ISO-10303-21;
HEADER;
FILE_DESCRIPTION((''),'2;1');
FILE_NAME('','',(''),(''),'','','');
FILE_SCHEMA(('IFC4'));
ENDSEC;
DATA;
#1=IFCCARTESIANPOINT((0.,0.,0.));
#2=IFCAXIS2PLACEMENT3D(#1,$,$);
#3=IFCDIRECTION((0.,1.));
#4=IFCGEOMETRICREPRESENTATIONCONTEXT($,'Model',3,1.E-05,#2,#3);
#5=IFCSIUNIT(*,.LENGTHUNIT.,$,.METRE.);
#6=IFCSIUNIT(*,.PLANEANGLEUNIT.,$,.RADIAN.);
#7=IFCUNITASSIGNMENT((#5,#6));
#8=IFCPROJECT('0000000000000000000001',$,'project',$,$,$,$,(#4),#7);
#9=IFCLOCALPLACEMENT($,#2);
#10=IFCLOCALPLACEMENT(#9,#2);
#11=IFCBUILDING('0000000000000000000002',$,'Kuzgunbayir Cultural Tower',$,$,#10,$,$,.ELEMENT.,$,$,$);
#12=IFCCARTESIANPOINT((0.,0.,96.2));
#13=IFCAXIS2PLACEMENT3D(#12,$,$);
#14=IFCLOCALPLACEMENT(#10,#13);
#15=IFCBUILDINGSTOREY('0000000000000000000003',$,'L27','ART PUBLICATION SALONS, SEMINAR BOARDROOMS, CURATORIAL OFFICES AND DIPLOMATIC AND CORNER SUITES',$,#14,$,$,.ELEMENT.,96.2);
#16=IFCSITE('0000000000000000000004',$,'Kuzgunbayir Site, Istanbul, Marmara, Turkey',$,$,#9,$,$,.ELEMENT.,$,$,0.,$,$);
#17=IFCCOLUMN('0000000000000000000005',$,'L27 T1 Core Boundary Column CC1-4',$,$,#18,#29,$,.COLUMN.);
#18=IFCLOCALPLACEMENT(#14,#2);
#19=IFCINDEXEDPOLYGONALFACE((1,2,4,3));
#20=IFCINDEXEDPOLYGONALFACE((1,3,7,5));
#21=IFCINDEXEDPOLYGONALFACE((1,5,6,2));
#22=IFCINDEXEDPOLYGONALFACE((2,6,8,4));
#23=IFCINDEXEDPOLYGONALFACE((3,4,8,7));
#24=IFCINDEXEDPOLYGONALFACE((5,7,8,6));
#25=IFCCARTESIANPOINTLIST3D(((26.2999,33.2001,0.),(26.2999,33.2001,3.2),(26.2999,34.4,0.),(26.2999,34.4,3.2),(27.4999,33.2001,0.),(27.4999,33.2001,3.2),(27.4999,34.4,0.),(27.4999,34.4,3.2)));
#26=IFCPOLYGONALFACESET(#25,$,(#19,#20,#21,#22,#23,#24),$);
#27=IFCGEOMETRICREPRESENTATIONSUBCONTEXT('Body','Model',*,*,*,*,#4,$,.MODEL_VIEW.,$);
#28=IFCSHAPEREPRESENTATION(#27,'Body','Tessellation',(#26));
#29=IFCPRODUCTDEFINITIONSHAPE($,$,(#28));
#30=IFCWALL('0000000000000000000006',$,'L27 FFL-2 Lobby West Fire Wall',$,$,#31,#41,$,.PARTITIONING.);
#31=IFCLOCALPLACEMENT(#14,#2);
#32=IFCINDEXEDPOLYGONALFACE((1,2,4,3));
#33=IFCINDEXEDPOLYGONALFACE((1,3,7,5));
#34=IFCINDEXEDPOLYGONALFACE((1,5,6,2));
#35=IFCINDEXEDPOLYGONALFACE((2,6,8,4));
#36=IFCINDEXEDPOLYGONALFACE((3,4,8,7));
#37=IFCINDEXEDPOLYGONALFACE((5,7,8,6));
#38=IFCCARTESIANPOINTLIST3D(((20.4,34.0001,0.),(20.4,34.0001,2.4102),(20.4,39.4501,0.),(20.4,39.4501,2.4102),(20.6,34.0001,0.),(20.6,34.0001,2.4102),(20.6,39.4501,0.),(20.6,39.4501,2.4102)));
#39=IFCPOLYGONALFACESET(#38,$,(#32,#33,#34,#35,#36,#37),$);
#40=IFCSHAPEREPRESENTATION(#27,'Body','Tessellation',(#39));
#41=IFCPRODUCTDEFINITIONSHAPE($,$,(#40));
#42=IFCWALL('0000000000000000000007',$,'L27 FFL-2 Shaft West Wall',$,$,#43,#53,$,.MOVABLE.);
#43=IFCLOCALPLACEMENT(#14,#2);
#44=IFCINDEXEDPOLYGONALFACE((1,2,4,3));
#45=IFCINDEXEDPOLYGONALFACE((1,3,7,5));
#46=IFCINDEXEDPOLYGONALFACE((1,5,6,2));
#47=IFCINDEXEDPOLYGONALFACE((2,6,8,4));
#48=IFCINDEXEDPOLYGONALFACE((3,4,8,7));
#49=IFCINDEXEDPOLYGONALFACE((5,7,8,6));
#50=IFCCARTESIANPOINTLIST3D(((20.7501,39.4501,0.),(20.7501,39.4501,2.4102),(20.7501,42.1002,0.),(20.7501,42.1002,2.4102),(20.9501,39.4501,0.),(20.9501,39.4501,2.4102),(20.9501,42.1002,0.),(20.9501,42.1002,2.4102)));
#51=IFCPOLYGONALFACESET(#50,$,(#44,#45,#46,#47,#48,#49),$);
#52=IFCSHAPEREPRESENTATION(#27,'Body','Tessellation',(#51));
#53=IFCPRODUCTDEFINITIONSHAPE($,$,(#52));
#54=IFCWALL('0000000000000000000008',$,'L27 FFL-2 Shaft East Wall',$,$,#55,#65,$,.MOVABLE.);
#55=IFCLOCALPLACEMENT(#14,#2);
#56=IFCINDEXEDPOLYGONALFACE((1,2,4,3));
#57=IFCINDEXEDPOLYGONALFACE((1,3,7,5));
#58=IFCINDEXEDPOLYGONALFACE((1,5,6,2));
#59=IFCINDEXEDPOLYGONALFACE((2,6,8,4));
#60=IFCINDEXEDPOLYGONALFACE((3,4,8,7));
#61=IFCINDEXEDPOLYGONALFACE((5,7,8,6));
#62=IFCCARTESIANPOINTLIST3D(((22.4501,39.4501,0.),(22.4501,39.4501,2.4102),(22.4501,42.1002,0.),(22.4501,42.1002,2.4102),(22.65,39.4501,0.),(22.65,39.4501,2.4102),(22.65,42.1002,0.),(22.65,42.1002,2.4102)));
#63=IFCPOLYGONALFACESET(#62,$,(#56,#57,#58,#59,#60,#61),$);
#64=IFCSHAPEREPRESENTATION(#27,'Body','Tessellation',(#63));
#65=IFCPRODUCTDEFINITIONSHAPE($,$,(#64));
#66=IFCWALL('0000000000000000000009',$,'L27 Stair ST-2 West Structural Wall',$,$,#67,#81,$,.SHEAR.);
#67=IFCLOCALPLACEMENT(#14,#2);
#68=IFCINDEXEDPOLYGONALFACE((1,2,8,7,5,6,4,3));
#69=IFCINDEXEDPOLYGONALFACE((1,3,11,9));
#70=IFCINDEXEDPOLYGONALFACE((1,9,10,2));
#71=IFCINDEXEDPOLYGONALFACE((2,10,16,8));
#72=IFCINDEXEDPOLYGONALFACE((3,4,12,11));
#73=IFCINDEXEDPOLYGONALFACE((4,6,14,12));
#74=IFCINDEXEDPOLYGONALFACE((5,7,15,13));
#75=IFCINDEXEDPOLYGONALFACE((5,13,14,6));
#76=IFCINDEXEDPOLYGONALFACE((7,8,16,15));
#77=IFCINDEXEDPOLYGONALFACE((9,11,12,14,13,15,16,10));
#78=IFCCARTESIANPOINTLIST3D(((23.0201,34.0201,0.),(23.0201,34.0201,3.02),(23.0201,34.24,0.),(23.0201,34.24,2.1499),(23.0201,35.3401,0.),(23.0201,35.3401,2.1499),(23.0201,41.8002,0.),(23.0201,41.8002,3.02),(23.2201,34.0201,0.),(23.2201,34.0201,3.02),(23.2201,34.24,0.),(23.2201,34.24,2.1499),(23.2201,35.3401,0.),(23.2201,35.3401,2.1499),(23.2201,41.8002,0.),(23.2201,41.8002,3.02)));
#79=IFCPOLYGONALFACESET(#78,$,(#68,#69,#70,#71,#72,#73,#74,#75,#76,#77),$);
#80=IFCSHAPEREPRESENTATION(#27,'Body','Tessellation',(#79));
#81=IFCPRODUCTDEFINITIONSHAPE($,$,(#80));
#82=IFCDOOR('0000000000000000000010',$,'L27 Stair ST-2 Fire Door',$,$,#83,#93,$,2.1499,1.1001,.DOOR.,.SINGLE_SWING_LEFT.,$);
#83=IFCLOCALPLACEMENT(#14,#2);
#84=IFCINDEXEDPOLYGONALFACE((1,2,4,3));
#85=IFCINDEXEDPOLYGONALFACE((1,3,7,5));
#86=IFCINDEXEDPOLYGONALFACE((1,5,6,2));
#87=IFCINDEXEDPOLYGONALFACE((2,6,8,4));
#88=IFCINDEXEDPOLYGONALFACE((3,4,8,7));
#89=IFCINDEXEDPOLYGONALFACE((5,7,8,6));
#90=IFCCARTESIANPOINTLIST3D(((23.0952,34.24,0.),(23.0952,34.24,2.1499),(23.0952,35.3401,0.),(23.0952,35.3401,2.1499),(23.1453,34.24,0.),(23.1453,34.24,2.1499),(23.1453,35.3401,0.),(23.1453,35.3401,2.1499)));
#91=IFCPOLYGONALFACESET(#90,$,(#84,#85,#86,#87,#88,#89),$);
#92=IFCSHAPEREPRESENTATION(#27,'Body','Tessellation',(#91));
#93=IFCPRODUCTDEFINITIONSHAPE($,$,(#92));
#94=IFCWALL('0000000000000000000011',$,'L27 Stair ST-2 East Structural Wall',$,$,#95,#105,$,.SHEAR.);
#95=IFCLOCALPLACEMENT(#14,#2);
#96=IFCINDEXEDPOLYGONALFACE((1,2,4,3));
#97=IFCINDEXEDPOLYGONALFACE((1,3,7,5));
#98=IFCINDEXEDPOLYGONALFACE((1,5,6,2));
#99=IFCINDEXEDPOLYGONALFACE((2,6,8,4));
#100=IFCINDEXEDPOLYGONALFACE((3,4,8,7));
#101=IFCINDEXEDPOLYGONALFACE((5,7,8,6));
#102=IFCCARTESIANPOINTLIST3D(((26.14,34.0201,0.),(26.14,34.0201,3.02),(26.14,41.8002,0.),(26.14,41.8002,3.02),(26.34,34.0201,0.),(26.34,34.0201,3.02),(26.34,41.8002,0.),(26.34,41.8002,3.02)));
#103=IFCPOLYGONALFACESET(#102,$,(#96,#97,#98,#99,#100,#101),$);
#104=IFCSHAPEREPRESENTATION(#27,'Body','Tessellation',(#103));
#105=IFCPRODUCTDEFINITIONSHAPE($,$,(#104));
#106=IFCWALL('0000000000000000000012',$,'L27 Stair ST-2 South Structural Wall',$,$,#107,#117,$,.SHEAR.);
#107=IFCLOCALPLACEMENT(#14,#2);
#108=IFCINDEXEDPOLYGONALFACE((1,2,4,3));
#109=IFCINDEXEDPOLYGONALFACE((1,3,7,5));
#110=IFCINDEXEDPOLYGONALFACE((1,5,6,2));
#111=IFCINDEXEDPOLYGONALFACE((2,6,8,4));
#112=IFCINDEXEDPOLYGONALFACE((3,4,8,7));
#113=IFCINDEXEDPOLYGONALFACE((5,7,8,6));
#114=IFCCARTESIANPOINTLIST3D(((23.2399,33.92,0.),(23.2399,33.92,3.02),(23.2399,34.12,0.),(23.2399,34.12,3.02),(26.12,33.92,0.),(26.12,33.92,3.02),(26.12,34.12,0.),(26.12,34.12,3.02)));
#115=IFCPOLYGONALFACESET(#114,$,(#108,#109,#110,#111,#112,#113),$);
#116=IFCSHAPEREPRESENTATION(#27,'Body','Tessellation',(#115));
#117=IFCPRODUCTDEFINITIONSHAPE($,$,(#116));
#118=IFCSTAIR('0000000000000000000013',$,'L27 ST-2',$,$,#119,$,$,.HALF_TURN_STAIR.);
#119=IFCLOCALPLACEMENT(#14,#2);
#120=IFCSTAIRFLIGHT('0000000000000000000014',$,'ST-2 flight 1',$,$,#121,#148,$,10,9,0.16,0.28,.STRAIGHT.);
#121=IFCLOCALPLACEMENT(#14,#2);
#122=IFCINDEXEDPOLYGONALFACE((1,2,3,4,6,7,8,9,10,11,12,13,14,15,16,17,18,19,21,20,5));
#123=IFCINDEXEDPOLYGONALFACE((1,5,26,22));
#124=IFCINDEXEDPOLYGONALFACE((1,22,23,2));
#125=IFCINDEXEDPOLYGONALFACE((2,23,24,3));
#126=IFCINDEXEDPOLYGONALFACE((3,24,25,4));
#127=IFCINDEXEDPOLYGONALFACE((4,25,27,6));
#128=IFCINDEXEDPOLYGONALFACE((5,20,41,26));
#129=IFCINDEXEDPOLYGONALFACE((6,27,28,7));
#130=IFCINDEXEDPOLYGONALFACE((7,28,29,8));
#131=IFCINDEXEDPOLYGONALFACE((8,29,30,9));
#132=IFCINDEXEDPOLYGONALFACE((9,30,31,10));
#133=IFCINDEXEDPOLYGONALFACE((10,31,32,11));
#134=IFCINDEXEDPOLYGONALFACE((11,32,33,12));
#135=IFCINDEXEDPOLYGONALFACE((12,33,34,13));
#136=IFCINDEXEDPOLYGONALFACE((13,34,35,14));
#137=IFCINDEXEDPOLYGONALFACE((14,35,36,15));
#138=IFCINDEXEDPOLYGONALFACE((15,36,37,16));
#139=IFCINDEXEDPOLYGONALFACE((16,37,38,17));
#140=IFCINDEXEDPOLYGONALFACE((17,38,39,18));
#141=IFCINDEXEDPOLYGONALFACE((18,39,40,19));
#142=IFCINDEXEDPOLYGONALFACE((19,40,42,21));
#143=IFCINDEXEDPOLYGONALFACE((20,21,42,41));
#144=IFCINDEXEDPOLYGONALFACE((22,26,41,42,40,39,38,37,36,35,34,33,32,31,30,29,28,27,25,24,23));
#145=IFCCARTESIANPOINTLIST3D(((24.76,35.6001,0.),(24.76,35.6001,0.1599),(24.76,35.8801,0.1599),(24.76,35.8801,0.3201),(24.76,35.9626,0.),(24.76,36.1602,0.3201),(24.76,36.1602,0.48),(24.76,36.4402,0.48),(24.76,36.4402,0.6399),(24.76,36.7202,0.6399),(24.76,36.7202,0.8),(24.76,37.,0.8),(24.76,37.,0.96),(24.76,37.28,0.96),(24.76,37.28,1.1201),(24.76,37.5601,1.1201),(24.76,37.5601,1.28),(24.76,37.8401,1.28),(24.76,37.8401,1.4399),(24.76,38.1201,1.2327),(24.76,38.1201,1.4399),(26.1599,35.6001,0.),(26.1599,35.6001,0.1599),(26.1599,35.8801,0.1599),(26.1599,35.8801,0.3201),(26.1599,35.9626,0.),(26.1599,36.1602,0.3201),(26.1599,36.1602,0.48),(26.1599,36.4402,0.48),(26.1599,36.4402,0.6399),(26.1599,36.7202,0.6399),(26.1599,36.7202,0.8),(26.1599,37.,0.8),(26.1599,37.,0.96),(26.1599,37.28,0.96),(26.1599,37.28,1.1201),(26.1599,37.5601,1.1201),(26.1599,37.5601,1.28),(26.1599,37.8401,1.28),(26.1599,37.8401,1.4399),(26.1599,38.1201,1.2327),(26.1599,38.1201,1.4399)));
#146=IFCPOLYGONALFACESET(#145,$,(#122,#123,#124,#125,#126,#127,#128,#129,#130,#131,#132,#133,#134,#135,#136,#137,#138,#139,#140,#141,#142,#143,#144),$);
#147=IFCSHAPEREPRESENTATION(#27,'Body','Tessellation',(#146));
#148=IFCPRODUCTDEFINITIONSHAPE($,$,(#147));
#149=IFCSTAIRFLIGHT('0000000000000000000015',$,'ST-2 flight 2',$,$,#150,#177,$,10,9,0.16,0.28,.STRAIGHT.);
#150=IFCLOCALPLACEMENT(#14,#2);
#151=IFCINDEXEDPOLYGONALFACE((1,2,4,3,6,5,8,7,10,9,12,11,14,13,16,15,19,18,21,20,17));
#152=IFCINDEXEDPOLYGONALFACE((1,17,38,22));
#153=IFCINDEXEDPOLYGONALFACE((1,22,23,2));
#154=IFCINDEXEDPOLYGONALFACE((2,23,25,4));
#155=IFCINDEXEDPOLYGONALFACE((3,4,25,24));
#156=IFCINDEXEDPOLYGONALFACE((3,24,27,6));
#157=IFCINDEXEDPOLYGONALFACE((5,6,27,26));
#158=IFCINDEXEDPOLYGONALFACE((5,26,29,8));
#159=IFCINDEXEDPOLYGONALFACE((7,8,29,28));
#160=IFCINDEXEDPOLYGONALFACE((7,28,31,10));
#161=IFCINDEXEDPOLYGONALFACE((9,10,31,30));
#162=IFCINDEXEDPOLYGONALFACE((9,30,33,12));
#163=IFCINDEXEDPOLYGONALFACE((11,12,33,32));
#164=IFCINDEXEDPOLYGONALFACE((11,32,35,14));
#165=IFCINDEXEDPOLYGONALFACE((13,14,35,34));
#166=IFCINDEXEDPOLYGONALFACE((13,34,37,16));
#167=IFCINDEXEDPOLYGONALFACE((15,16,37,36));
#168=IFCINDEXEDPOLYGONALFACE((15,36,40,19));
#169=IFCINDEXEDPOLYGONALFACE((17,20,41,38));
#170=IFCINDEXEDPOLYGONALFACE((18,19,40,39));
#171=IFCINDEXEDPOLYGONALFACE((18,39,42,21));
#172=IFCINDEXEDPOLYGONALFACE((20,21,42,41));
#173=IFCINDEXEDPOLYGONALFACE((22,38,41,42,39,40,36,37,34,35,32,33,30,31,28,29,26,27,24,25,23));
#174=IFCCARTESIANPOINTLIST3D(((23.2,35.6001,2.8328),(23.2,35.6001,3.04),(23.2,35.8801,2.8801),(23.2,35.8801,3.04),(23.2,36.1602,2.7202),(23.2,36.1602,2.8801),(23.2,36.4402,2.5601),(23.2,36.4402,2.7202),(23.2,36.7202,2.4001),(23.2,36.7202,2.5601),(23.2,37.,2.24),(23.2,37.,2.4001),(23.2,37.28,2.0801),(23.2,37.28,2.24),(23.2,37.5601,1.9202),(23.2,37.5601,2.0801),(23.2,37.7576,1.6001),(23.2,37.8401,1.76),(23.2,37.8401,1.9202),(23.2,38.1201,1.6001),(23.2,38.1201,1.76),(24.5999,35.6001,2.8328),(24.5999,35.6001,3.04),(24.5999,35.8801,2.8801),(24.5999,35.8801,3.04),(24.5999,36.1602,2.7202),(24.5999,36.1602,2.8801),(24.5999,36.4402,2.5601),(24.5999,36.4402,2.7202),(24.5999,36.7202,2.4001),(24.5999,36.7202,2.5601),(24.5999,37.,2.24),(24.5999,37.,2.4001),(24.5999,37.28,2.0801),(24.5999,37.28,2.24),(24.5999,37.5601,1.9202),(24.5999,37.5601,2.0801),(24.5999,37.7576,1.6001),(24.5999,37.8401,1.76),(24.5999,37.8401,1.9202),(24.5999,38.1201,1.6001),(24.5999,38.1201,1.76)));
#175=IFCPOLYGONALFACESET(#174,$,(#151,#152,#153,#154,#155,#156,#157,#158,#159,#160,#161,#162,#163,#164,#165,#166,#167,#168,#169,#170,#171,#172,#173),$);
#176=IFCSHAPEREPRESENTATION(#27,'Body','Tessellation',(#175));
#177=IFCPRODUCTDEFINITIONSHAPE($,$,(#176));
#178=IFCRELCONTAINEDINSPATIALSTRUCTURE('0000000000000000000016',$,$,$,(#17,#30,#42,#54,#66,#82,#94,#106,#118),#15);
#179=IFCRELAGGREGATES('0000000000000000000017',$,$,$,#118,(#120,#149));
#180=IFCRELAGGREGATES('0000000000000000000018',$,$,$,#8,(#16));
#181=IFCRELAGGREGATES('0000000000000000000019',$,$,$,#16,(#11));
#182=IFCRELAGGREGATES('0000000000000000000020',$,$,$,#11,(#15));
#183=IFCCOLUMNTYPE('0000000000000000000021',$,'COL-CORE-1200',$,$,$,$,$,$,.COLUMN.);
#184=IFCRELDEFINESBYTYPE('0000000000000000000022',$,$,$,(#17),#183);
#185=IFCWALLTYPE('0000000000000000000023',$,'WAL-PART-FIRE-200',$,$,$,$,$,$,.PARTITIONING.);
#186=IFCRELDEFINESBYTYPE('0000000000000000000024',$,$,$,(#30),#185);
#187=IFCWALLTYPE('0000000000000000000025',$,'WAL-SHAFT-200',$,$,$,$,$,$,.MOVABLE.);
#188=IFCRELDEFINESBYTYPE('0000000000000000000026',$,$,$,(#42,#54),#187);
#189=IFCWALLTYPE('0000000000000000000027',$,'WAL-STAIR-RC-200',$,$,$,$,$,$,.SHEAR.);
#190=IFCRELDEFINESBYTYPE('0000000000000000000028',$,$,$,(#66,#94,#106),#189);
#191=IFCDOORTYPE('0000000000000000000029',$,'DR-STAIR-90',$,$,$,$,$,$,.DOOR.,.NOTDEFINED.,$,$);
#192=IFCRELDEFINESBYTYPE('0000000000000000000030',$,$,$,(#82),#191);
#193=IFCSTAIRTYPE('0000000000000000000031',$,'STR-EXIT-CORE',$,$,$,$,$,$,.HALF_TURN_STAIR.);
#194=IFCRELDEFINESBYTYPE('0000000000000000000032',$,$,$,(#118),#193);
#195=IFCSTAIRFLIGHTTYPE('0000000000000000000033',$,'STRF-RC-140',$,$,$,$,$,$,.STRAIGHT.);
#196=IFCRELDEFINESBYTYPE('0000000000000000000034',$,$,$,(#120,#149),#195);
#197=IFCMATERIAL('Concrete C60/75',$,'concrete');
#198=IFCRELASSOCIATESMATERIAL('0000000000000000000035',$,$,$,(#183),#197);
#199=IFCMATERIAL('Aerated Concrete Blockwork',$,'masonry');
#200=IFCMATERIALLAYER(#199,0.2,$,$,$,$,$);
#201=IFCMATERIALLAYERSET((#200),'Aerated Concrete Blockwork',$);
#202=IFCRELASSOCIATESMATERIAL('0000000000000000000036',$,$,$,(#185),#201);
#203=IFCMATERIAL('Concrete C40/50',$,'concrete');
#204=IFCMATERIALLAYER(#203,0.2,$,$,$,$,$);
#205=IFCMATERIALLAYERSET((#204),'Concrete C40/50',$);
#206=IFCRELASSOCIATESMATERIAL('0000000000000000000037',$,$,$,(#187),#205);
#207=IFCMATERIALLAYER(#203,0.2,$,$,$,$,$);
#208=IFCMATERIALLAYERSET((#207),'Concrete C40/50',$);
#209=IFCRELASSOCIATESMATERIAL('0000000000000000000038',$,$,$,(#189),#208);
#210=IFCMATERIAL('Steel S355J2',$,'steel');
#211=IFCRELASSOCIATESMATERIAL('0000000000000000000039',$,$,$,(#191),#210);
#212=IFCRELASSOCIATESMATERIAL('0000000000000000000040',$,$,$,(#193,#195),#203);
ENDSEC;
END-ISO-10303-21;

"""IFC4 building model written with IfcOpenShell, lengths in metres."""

from ifc_helpers import new_model, si_unit, direction, frame, frame_2d, origin, origin_2d, place, context, subcontext, project, spatial, polyline, rectangle, outline, extrude, material, layer, layer_set, material_profile, profile_set, type_object, element, fill, aggregate, save


model = new_model("IFC4")

# Units and contexts
model_context = context("Model", 3, precision=1e-05, world=origin(), true_north=direction((0.0, 1.0)))
body_context = subcontext(model_context, "Body", "Model", "MODEL_VIEW")
ifc_project = project(units=[si_unit("LENGTHUNIT", "METRE"), si_unit("PLANEANGLEUNIT", "RADIAN")], contexts=[model_context])

# Site, building, storey
site_placement = place(None, origin())
site = spatial("IfcSite", under=ifc_project, at=site_placement, Name="Kuzgunbayir Site, Istanbul, Marmara, Turkey", CompositionType="ELEMENT", RefElevation=0.0)
building_placement = place(site_placement, origin())
building = spatial("IfcBuilding", under=site, at=building_placement, Name="Kuzgunbayir Cultural Tower", CompositionType="ELEMENT")
storey_placement = place(building_placement, frame((0.0, 0.0, 96.2)))
storey = spatial("IfcBuildingStorey", under=building, at=storey_placement, Name="L27", Description="ART PUBLICATION SALONS, SEMINAR BOARDROOMS, CURATORIAL OFFICES AND DIPLOMATIC AND CORNER SUITES", CompositionType="ELEMENT", Elevation=96.2)

# Column
ifc_material_1 = material(Name="Concrete C60/75", Category="concrete")
ifc_material_profile = material_profile(ifc_material_1, rectangle(XDim=1.2, YDim=1.2, at=origin_2d()), Name="RC 1200x1200")
ifc_profile_set = profile_set([ifc_material_profile], Name="Concrete C60/75")
column_type = type_object("IfcColumnType", Name="COL-CORE-1200", PredefinedType="COLUMN", material=ifc_profile_set)
column_placement = place(storey_placement, frame((26.8999, 33.8, 0.0), z_axis=(0.0, 0.0, 1.0), x_axis=(1.0, 0.0, 0.0)))
element("IfcColumn", 1, at=column_placement, inside=storey, type_object=column_type, Name="L27 T1 Core Boundary Column CC1-4", PredefinedType="COLUMN", context=body_context, shape_type="SweptSolid", body=[
    extrude(rectangle(XDim=1.2, YDim=1.2, at=origin_2d()), origin(), (0.0, 0.0, 1.0), 3.2),
])

# Wall
ifc_material_2 = material(Name="Aerated Concrete Blockwork", Category="masonry")
ifc_layer_1 = layer(ifc_material_2, 0.2)
ifc_layer_set_1 = layer_set([ifc_layer_1], Name="Aerated Concrete Blockwork")
wall_type_1 = type_object("IfcWallType", Name="WAL-PART-FIRE-200", PredefinedType="PARTITIONING", material=ifc_layer_set_1)
wall_1_placement = place(storey_placement, frame((20.5, 34.0, 0.0), z_axis=(0.0, 0.0, 1.0), x_axis=(0.0, 1.0, 0.0)))
element("IfcWall", 2, at=wall_1_placement, inside=storey, type_object=wall_type_1, Name="L27 FFL-2 Lobby West Fire Wall", PredefinedType="PARTITIONING", context=body_context, shape_type="SweptSolid", body=[
    extrude(rectangle(XDim=5.45, YDim=0.2, at=frame_2d((2.7251, 0.0))), origin(), (0.0, 0.0, 1.0), 2.4102),
])

# Shared definitions
ifc_material_3 = material(Name="Steel S355J2", Category="steel")
ifc_material_4 = material(Name="Concrete C40/50", Category="concrete")
ifc_layer_2 = layer(ifc_material_4, 0.2)
ifc_layer_set_2 = layer_set([ifc_layer_2], Name="Concrete C40/50")
wall_type_2 = type_object("IfcWallType", Name="WAL-SHAFT-200", PredefinedType="MOVABLE", material=ifc_layer_set_2)

# Walls
for number, where, z_axis, x_axis, name in (
    (3, (20.8501, 39.45, 0.0), (0.0, 0.0, 1.0), (0.0, 1.0, 0.0), "L27 FFL-2 Shaft West Wall"),
    (4, (22.55, 39.45, 0.0), (0.0, 0.0, 1.0), (0.0, 1.0, 0.0), "L27 FFL-2 Shaft East Wall"),
):
    element("IfcWall", number, at=place(storey_placement, frame(where, z_axis=z_axis, x_axis=x_axis)), inside=storey, type_object=wall_type_2, Name=name, PredefinedType="MOVABLE", context=body_context, shape_type="SweptSolid", body=[
        extrude(rectangle(XDim=2.6501, YDim=0.2, at=frame_2d((1.3252, 0.0))), origin(), (0.0, 0.0, 1.0), 2.4102),
    ])

# Wall, opening, door
ifc_layer_3 = layer(ifc_material_4, 0.2)
ifc_layer_set_3 = layer_set([ifc_layer_3], Name="Concrete C40/50")
wall_type_3 = type_object("IfcWallType", Name="WAL-STAIR-RC-200", PredefinedType="SHEAR", material=ifc_layer_set_3)
wall_2_placement = place(storey_placement, frame((23.1201, 34.02, 0.0), z_axis=(0.0, 0.0, 1.0), x_axis=(0.0, 1.0, 0.0)))
wall_2 = element("IfcWall", 5, at=wall_2_placement, inside=storey, type_object=wall_type_3, Name="L27 Stair ST-2 West Structural Wall", PredefinedType="SHEAR", context=body_context, shape_type="SweptSolid", body=[
    extrude(rectangle(XDim=7.78, YDim=0.2, at=frame_2d((3.8901, 0.0))), origin(), (0.0, 0.0, 1.0), 3.02),
])
opening_1_placement = place(wall_2_placement, frame((0.22, 0.0, 0.0)))
opening_1 = element("IfcOpeningElement", 6, at=opening_1_placement, cuts=wall_2, PredefinedType="OPENING", context=body_context, shape_type="SweptSolid", body=[
    extrude(rectangle(XDim=1.1001, YDim=2.1499, at=frame_2d((0.55, 1.075))), frame((0.0, 0.1099, 0.0), z_axis=(0.0, -1.0, 0.0), x_axis=(1.0, 0.0, 0.0)), (0.0, 0.0, 1.0), 0.22),
])
door_type_1 = type_object("IfcDoorType", Name="DR-STAIR-90", OperationType="NOTDEFINED", PredefinedType="DOOR", material=ifc_material_3)
door_1_placement = place(opening_1_placement, origin())
door_1 = element("IfcDoor", 7, at=door_1_placement, inside=storey, type_object=door_type_1, Name="L27 Stair ST-2 Fire Door", OperationType="SINGLE_SWING_LEFT", OverallHeight=2.1499, OverallWidth=1.1001, PredefinedType="DOOR", context=body_context, shape_type="SweptSolid", body=[
    extrude(rectangle(XDim=1.1001, YDim=2.1499, at=frame_2d((0.55, 1.075))), frame((0.0, 0.0249, 0.0), z_axis=(0.0, -1.0, 0.0), x_axis=(1.0, 0.0, 0.0)), (0.0, 0.0, 1.0), 0.05),
])
fill(opening_1, door_1)

# Walls
wall_3_placement = place(storey_placement, frame((26.24, 34.02, 0.0), z_axis=(0.0, 0.0, 1.0), x_axis=(0.0, 1.0, 0.0)))
element("IfcWall", 8, at=wall_3_placement, inside=storey, type_object=wall_type_3, Name="L27 Stair ST-2 East Structural Wall", PredefinedType="SHEAR", context=body_context, shape_type="SweptSolid", body=[
    extrude(rectangle(XDim=7.78, YDim=0.2, at=frame_2d((3.8901, 0.0))), origin(), (0.0, 0.0, 1.0), 3.02),
])
wall_4_placement = place(storey_placement, frame((23.24, 34.02, 0.0), z_axis=(0.0, 0.0, 1.0), x_axis=(1.0, 0.0, 0.0)))
element("IfcWall", 9, at=wall_4_placement, inside=storey, type_object=wall_type_3, Name="L27 Stair ST-2 South Structural Wall", PredefinedType="SHEAR", context=body_context, shape_type="SweptSolid", body=[
    extrude(rectangle(XDim=2.8801, YDim=0.2, at=frame_2d((1.4399, 0.0))), origin(), (0.0, 0.0, 1.0), 3.02),
])

# Stair, stair flights
stair_type = type_object("IfcStairType", Name="STR-EXIT-CORE", PredefinedType="HALF_TURN_STAIR", material=ifc_material_4)
stair_placement = place(storey_placement, origin())
stair = element("IfcStair", 10, at=stair_placement, inside=storey, type_object=stair_type, Name="L27 ST-2", PredefinedType="HALF_TURN_STAIR")
stair_flight_type = type_object("IfcStairFlightType", Name="STRF-RC-140", PredefinedType="STRAIGHT", material=ifc_material_4)
stair_flight_1_placement = place(storey_placement, frame((25.46, 35.6001, 0.0), z_axis=(0.0, 0.0, 1.0), x_axis=(0.0, 1.0, 0.0)))
stair_flight_1 = element("IfcStairFlight", 11, at=stair_flight_1_placement, type_object=stair_flight_type, Name="ST-2 flight 1", NumberOfRisers=10, NumberOfTreads=9, PredefinedType="STRAIGHT", RiserHeight=0.16, TreadLength=0.28, context=body_context, shape_type="SweptSolid", body=[
    extrude(outline(polyline([(0.0, 0.0), (0.0, 0.1599), (0.28, 0.1599), (0.28, 0.3201), (0.5601, 0.3201), (0.5601, 0.48), (0.8401, 0.48), (0.8401, 0.6399), (1.1201, 0.6399), (1.1201, 0.8), (1.3999, 0.8), (1.3999, 0.96), (1.6799, 0.96), (1.6799, 1.1201), (1.96, 1.1201), (1.96, 1.28), (2.24, 1.28), (2.24, 1.4399), (2.52, 1.4399), (2.52, 1.6001), (2.52, 1.2327), (0.3625, 0.0), (0.0, 0.0)])), frame((0.0, 0.7, 0.0), z_axis=(0.0, -1.0, 0.0), x_axis=(1.0, 0.0, 0.0)), (0.0, 0.0, 1.0), 1.3999),
])
stair_flight_2_placement = place(storey_placement, frame((23.8999, 38.1201, 1.6001), z_axis=(0.0, 0.0, 1.0), x_axis=(0.0, -1.0, 0.0)))
stair_flight_2 = element("IfcStairFlight", 12, at=stair_flight_2_placement, type_object=stair_flight_type, Name="ST-2 flight 2", NumberOfRisers=10, NumberOfTreads=9, PredefinedType="STRAIGHT", RiserHeight=0.16, TreadLength=0.28, context=body_context, shape_type="SweptSolid", body=[
    extrude(outline(polyline([(0.0, 0.0), (0.0, 0.1599), (0.28, 0.1599), (0.28, 0.3201), (0.5601, 0.3201), (0.5601, 0.48), (0.8401, 0.48), (0.8401, 0.6399), (1.1201, 0.6399), (1.1201, 0.8), (1.3999, 0.8), (1.3999, 0.96), (1.6799, 0.96), (1.6799, 1.1201), (1.96, 1.1201), (1.96, 1.28), (2.24, 1.28), (2.24, 1.4399), (2.52, 1.4399), (2.52, 1.6001), (2.52, 1.2327), (0.3625, 0.0), (0.0, 0.0)])), frame((0.0, 0.7, 0.0), z_axis=(0.0, -1.0, 0.0), x_axis=(1.0, 0.0, 0.0)), (0.0, 0.0, 1.0), 1.3999),
])
aggregate(stair, [stair_flight_1, stair_flight_2])

save(model, "model.ifc")
